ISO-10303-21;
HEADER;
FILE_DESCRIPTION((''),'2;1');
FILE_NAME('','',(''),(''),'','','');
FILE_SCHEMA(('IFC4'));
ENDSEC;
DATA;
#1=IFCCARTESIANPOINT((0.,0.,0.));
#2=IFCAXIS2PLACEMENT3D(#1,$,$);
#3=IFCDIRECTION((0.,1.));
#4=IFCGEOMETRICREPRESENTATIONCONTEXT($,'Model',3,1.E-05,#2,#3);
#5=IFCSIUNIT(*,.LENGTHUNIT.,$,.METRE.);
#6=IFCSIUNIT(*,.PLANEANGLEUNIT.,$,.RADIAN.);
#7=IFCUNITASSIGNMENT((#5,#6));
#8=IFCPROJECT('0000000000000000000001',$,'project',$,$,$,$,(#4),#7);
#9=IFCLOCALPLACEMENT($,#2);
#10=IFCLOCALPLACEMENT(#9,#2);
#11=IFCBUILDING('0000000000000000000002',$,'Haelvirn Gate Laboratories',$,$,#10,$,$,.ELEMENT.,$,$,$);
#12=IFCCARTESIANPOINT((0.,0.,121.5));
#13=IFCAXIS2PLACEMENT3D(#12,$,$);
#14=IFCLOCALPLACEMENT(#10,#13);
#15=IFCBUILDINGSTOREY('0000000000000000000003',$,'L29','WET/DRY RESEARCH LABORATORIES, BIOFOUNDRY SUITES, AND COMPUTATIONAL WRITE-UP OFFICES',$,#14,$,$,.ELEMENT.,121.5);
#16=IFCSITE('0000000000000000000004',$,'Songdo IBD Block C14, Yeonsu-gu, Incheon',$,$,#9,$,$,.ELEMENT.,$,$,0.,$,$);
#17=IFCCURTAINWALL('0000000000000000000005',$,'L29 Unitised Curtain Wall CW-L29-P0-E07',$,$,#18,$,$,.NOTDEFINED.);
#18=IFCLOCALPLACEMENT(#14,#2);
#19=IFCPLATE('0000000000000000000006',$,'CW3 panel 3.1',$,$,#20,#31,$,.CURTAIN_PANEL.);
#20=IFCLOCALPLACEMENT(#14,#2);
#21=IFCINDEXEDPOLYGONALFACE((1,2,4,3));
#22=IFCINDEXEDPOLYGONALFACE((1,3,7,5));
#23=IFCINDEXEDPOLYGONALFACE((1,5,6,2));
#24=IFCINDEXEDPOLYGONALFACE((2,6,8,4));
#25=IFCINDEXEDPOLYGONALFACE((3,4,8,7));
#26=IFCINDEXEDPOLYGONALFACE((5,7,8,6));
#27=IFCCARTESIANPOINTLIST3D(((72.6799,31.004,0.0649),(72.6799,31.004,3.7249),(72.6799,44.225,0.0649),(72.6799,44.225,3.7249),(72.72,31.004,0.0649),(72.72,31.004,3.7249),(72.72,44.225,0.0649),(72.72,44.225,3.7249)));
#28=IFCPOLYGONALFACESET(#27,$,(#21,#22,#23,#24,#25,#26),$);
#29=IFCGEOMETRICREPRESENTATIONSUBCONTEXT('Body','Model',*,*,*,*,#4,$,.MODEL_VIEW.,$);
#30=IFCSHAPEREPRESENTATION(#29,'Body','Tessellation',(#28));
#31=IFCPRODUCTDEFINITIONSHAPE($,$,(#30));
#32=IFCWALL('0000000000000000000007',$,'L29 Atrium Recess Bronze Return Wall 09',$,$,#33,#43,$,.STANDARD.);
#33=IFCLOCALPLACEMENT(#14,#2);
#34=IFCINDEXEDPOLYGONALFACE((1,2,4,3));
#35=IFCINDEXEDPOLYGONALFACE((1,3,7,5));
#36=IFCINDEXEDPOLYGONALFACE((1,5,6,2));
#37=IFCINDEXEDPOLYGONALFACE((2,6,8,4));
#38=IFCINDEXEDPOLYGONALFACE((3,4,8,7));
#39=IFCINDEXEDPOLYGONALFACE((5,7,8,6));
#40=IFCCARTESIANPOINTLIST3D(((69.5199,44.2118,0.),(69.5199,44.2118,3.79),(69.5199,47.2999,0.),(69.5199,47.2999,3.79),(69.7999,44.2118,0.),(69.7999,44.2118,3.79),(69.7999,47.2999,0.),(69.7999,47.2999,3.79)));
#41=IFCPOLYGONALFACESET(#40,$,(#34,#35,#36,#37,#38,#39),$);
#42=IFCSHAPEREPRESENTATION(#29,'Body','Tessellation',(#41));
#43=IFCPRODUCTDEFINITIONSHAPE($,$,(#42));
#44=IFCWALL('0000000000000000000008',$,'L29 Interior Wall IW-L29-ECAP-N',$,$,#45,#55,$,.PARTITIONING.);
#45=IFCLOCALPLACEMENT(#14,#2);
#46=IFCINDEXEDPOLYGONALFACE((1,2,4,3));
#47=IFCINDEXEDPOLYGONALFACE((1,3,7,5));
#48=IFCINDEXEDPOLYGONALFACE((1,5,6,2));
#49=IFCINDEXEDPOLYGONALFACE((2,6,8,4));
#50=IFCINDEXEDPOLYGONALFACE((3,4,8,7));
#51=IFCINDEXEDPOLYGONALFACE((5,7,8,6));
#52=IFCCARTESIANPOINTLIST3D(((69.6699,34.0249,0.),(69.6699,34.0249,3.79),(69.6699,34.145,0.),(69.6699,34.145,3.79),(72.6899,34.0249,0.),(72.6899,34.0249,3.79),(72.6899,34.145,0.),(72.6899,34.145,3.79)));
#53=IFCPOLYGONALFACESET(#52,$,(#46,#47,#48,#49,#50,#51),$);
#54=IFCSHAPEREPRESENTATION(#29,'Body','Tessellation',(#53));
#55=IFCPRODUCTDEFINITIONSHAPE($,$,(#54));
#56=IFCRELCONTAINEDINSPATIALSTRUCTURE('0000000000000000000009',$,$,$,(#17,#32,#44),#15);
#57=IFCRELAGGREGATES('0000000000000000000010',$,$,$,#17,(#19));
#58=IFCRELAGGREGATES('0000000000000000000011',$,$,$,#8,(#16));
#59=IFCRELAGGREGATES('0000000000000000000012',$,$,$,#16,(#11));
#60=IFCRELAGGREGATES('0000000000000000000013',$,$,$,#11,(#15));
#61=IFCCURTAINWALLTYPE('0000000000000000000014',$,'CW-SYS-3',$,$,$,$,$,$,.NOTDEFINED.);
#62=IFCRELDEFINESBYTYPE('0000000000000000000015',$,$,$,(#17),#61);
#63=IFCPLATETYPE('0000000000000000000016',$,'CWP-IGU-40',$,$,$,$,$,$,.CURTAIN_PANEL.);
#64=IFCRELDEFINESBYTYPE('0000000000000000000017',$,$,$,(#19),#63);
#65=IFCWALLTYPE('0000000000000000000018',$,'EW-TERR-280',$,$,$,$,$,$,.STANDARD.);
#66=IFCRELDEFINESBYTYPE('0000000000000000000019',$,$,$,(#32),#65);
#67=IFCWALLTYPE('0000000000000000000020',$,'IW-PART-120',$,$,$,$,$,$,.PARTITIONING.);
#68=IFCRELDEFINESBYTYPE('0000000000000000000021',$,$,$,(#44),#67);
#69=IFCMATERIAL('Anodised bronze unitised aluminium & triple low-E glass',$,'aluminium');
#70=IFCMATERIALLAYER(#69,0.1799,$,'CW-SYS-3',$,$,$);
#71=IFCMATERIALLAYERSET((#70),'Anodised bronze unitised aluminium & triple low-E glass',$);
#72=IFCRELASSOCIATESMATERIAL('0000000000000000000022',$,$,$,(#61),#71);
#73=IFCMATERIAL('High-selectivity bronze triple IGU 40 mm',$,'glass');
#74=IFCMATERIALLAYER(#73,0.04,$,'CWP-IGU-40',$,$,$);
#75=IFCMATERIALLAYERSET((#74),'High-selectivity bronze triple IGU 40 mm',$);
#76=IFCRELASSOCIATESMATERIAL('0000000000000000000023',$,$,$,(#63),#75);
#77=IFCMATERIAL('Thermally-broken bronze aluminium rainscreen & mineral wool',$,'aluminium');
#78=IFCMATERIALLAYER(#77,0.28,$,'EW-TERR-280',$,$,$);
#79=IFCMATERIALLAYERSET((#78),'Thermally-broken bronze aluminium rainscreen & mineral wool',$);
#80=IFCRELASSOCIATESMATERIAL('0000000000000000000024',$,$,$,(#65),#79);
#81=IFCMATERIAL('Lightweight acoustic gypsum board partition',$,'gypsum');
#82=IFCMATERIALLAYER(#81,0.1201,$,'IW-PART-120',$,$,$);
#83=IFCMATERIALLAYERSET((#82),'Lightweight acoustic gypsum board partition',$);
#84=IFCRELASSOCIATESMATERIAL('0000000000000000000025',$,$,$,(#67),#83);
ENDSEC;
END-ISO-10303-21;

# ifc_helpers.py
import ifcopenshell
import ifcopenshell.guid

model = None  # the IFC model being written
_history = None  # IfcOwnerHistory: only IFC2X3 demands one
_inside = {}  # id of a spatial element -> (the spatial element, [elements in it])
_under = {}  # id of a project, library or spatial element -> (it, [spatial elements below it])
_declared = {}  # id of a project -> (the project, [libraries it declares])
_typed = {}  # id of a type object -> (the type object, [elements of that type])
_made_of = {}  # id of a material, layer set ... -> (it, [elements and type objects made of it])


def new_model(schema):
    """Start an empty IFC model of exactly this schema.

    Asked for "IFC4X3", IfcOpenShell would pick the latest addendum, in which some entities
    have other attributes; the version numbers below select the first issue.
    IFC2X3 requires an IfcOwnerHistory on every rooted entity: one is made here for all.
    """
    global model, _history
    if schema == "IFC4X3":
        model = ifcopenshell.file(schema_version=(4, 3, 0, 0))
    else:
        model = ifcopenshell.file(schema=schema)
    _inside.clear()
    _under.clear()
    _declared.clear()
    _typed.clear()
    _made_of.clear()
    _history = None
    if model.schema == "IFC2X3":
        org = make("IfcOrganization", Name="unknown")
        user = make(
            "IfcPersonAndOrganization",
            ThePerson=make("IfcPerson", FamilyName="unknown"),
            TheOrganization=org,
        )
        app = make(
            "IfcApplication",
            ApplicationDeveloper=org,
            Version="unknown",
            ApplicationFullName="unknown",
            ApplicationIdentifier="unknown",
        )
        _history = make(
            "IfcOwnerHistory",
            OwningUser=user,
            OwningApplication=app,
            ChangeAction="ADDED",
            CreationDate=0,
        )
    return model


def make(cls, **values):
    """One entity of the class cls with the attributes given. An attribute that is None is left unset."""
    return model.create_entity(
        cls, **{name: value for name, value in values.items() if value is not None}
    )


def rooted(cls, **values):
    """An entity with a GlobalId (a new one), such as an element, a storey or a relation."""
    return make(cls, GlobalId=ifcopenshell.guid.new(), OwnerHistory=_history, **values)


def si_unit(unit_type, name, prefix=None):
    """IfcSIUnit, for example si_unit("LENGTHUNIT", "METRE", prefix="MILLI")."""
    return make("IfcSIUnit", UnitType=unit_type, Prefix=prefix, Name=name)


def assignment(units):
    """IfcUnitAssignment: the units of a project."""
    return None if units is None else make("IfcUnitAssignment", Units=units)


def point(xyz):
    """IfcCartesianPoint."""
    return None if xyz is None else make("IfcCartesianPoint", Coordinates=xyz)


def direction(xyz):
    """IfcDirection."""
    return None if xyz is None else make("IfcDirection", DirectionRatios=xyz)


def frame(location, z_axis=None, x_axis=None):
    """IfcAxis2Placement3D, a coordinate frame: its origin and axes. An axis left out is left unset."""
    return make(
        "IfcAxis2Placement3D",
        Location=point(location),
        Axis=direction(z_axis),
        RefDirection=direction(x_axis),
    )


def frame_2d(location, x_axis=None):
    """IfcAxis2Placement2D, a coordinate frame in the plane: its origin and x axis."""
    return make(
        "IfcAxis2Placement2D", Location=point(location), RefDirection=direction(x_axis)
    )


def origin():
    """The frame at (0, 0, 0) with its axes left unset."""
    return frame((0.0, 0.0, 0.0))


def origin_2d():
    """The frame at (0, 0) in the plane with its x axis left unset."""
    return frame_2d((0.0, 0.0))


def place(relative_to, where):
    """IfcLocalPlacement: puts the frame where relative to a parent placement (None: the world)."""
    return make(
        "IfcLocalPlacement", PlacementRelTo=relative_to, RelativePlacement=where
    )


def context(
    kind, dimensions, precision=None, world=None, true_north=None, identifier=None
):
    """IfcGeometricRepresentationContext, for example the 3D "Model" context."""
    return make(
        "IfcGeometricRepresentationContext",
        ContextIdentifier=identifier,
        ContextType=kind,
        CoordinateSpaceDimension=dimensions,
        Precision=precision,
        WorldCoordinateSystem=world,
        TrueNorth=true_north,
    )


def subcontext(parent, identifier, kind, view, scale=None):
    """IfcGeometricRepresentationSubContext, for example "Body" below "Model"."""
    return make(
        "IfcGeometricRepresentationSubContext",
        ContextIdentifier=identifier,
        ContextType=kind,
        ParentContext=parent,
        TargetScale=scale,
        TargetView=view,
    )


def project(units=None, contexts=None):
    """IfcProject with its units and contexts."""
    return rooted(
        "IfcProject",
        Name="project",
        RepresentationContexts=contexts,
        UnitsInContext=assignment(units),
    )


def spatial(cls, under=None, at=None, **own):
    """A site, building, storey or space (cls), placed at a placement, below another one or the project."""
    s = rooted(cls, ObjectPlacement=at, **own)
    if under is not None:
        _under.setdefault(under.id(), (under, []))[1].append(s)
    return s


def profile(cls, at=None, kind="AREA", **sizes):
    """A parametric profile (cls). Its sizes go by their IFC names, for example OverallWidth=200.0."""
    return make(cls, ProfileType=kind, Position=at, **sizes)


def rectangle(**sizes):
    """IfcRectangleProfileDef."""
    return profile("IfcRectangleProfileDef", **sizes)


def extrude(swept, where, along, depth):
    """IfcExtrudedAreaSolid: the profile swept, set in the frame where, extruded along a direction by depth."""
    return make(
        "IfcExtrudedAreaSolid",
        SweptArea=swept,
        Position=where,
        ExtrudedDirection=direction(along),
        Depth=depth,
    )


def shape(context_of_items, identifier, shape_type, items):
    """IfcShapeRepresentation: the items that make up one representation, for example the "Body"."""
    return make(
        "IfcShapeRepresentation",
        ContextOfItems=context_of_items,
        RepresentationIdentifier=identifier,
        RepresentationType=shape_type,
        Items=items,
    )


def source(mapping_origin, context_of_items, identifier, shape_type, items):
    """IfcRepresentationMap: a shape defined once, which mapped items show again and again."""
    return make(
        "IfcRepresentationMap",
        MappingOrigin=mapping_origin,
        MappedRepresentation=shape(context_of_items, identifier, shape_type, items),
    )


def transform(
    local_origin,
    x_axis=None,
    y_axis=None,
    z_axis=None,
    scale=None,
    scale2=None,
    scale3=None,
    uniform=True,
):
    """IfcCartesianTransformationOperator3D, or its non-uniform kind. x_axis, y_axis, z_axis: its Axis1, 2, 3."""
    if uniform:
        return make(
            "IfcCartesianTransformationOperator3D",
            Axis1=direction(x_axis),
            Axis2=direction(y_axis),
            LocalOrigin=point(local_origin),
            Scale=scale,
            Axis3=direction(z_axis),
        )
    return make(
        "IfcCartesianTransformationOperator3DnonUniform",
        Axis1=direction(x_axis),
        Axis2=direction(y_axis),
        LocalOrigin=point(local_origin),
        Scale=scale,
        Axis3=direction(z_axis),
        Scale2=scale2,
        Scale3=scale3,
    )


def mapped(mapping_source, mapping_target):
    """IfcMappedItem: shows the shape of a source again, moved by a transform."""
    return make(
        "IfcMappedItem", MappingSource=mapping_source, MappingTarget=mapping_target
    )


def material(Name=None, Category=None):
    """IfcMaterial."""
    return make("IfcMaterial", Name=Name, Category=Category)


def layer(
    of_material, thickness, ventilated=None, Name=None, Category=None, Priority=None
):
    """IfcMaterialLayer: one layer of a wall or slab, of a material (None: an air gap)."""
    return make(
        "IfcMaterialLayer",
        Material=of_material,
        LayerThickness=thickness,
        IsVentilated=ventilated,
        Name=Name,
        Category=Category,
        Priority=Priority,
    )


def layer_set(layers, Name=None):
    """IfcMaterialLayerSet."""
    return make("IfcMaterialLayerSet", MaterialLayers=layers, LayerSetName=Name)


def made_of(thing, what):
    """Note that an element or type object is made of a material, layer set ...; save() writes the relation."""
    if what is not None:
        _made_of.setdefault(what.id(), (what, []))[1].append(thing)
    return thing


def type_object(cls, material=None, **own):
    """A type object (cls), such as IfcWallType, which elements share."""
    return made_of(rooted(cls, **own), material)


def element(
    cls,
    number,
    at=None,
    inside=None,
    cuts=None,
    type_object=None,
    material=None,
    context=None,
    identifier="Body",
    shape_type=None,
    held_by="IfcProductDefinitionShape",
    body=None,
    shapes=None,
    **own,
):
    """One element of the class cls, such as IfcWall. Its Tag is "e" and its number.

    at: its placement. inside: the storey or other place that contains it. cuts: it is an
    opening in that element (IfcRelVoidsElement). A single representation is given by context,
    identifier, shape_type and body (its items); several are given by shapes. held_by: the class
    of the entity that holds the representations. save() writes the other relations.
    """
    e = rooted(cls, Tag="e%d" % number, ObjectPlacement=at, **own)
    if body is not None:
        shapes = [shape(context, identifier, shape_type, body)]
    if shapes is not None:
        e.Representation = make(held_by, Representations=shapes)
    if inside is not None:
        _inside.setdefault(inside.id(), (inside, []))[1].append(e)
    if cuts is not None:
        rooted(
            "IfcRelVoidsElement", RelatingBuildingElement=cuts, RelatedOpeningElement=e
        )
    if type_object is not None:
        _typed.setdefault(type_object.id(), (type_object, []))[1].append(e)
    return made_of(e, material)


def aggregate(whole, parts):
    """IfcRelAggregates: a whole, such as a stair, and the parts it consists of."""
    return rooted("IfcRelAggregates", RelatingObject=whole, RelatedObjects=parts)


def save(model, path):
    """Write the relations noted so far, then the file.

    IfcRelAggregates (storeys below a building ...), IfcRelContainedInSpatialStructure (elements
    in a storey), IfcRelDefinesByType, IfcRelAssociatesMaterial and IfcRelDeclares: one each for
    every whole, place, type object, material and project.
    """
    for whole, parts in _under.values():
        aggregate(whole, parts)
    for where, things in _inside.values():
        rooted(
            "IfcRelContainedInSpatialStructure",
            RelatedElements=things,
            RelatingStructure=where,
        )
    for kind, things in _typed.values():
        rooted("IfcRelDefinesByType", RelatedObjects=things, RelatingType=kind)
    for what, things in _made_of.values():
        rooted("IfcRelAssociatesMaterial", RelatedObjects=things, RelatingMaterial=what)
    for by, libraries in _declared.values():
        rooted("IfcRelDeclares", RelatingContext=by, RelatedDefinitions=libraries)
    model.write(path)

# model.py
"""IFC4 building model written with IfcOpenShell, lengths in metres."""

from ifc_helpers import new_model, si_unit, direction, frame, frame_2d, origin, origin_2d, place, context, subcontext, project, spatial, rectangle, extrude, source, transform, mapped, material, layer, layer_set, type_object, element, aggregate, save


model = new_model("IFC4")

# Units and contexts
model_context = context("Model", 3, precision=1e-05, world=origin(), true_north=direction((0.0, 1.0)))
body_context = subcontext(model_context, "Body", "Model", "MODEL_VIEW")
ifc_project = project(units=[si_unit("LENGTHUNIT", "METRE"), si_unit("PLANEANGLEUNIT", "RADIAN")], contexts=[model_context])

# Site, building, storey
site_placement = place(None, origin())
site = spatial("IfcSite", under=ifc_project, at=site_placement, Name="Songdo IBD Block C14, Yeonsu-gu, Incheon", CompositionType="ELEMENT", RefElevation=0.0)
building_placement = place(site_placement, origin())
building = spatial("IfcBuilding", under=site, at=building_placement, Name="Haelvirn Gate Laboratories", CompositionType="ELEMENT")
storey_placement = place(building_placement, frame((0.0, 0.0, 121.5)))
storey = spatial("IfcBuildingStorey", under=building, at=storey_placement, Name="L29", Description="WET/DRY RESEARCH LABORATORIES, BIOFOUNDRY SUITES, AND COMPUTATIONAL WRITE-UP OFFICES", CompositionType="ELEMENT", Elevation=121.5)

# Shared definitions
ifc_material_1 = material(Name="Anodised bronze unitised aluminium & triple low-E glass", Category="aluminium")
ifc_layer_1 = layer(ifc_material_1, 0.1799, Name="CW-SYS-3")
ifc_layer_set_1 = layer_set([ifc_layer_1], Name="Anodised bronze unitised aluminium & triple low-E glass")
curtain_wall_type_1 = type_object("IfcCurtainWallType", Name="CW-SYS-3", PredefinedType="NOTDEFINED", material=ifc_layer_set_1)

# Curtain wall
curtain_wall_1_placement = place(storey_placement, origin())
curtain_wall_1 = element("IfcCurtainWall", 1, at=curtain_wall_1_placement, inside=storey, type_object=curtain_wall_type_1, Name="L29 Unitised Curtain Wall CW-L29-P0-E07", PredefinedType="NOTDEFINED")

# Plate
ifc_material_2 = material(Name="High-selectivity bronze triple IGU 40 mm", Category="glass")
ifc_layer_2 = layer(ifc_material_2, 0.04, Name="CWP-IGU-40")
ifc_layer_set_2 = layer_set([ifc_layer_2], Name="High-selectivity bronze triple IGU 40 mm")
plate_type_1 = type_object("IfcPlateType", Name="CWP-IGU-40", PredefinedType="CURTAIN_PANEL", material=ifc_layer_set_2)
shared_shape_1 = source(origin(), body_context, "Body", "SweptSolid", [
    extrude(rectangle(XDim=13.2209, YDim=0.04, at=origin_2d()), origin(), (0.0, 0.0, 1.0), 3.6599),
])
plate_1_placement = place(storey_placement, frame((72.7, 37.6145, 0.0649), z_axis=(0.0, 0.0, 1.0), x_axis=(0.0, 1.0, 0.0)))
plate_1 = element("IfcPlate", 2, at=plate_1_placement, type_object=plate_type_1, Name="CW3 panel 3.1", PredefinedType="CURTAIN_PANEL", context=body_context, shape_type="MappedRepresentation", body=[
    mapped(shared_shape_1, transform((0.0, 0.0, 0.0), scale=1.0)),
])
aggregate(curtain_wall_1, [plate_1])

# Walls
ifc_material_3 = material(Name="Thermally-broken bronze aluminium rainscreen & mineral wool", Category="aluminium")
ifc_layer_3 = layer(ifc_material_3, 0.28, Name="EW-TERR-280")
ifc_layer_set_3 = layer_set([ifc_layer_3], Name="Thermally-broken bronze aluminium rainscreen & mineral wool")
wall_type_1 = type_object("IfcWallType", Name="EW-TERR-280", PredefinedType="STANDARD", material=ifc_layer_set_3)
wall_1_placement = place(storey_placement, frame((69.6599, 44.2119, 0.0), z_axis=(0.0, 0.0, 1.0), x_axis=(0.0, 1.0, 0.0)))
element("IfcWall", 3, at=wall_1_placement, inside=storey, type_object=wall_type_1, Name="L29 Atrium Recess Bronze Return Wall 09", PredefinedType="STANDARD", context=body_context, shape_type="SweptSolid", body=[
    extrude(rectangle(XDim=3.0881, YDim=0.28, at=frame_2d((1.5439, 0.0))), origin(), (0.0, 0.0, 1.0), 3.79),
])
ifc_material_4 = material(Name="Lightweight acoustic gypsum board partition", Category="gypsum")
ifc_layer_4 = layer(ifc_material_4, 0.1201, Name="IW-PART-120")
ifc_layer_set_4 = layer_set([ifc_layer_4], Name="Lightweight acoustic gypsum board partition")
wall_type_2 = type_object("IfcWallType", Name="IW-PART-120", PredefinedType="PARTITIONING", material=ifc_layer_set_4)
wall_2_placement = place(storey_placement, frame((69.6699, 34.085, 0.0), z_axis=(0.0, 0.0, 1.0), x_axis=(1.0, 0.0, 0.0)))
element("IfcWall", 4, at=wall_2_placement, inside=storey, type_object=wall_type_2, Name="L29 Interior Wall IW-L29-ECAP-N", PredefinedType="PARTITIONING", context=body_context, shape_type="SweptSolid", body=[
    extrude(rectangle(XDim=3.02, YDim=0.1201, at=frame_2d((1.51, 0.0))), origin(), (0.0, 0.0, 1.0), 3.79),
])

save(model, "model.ifc")
